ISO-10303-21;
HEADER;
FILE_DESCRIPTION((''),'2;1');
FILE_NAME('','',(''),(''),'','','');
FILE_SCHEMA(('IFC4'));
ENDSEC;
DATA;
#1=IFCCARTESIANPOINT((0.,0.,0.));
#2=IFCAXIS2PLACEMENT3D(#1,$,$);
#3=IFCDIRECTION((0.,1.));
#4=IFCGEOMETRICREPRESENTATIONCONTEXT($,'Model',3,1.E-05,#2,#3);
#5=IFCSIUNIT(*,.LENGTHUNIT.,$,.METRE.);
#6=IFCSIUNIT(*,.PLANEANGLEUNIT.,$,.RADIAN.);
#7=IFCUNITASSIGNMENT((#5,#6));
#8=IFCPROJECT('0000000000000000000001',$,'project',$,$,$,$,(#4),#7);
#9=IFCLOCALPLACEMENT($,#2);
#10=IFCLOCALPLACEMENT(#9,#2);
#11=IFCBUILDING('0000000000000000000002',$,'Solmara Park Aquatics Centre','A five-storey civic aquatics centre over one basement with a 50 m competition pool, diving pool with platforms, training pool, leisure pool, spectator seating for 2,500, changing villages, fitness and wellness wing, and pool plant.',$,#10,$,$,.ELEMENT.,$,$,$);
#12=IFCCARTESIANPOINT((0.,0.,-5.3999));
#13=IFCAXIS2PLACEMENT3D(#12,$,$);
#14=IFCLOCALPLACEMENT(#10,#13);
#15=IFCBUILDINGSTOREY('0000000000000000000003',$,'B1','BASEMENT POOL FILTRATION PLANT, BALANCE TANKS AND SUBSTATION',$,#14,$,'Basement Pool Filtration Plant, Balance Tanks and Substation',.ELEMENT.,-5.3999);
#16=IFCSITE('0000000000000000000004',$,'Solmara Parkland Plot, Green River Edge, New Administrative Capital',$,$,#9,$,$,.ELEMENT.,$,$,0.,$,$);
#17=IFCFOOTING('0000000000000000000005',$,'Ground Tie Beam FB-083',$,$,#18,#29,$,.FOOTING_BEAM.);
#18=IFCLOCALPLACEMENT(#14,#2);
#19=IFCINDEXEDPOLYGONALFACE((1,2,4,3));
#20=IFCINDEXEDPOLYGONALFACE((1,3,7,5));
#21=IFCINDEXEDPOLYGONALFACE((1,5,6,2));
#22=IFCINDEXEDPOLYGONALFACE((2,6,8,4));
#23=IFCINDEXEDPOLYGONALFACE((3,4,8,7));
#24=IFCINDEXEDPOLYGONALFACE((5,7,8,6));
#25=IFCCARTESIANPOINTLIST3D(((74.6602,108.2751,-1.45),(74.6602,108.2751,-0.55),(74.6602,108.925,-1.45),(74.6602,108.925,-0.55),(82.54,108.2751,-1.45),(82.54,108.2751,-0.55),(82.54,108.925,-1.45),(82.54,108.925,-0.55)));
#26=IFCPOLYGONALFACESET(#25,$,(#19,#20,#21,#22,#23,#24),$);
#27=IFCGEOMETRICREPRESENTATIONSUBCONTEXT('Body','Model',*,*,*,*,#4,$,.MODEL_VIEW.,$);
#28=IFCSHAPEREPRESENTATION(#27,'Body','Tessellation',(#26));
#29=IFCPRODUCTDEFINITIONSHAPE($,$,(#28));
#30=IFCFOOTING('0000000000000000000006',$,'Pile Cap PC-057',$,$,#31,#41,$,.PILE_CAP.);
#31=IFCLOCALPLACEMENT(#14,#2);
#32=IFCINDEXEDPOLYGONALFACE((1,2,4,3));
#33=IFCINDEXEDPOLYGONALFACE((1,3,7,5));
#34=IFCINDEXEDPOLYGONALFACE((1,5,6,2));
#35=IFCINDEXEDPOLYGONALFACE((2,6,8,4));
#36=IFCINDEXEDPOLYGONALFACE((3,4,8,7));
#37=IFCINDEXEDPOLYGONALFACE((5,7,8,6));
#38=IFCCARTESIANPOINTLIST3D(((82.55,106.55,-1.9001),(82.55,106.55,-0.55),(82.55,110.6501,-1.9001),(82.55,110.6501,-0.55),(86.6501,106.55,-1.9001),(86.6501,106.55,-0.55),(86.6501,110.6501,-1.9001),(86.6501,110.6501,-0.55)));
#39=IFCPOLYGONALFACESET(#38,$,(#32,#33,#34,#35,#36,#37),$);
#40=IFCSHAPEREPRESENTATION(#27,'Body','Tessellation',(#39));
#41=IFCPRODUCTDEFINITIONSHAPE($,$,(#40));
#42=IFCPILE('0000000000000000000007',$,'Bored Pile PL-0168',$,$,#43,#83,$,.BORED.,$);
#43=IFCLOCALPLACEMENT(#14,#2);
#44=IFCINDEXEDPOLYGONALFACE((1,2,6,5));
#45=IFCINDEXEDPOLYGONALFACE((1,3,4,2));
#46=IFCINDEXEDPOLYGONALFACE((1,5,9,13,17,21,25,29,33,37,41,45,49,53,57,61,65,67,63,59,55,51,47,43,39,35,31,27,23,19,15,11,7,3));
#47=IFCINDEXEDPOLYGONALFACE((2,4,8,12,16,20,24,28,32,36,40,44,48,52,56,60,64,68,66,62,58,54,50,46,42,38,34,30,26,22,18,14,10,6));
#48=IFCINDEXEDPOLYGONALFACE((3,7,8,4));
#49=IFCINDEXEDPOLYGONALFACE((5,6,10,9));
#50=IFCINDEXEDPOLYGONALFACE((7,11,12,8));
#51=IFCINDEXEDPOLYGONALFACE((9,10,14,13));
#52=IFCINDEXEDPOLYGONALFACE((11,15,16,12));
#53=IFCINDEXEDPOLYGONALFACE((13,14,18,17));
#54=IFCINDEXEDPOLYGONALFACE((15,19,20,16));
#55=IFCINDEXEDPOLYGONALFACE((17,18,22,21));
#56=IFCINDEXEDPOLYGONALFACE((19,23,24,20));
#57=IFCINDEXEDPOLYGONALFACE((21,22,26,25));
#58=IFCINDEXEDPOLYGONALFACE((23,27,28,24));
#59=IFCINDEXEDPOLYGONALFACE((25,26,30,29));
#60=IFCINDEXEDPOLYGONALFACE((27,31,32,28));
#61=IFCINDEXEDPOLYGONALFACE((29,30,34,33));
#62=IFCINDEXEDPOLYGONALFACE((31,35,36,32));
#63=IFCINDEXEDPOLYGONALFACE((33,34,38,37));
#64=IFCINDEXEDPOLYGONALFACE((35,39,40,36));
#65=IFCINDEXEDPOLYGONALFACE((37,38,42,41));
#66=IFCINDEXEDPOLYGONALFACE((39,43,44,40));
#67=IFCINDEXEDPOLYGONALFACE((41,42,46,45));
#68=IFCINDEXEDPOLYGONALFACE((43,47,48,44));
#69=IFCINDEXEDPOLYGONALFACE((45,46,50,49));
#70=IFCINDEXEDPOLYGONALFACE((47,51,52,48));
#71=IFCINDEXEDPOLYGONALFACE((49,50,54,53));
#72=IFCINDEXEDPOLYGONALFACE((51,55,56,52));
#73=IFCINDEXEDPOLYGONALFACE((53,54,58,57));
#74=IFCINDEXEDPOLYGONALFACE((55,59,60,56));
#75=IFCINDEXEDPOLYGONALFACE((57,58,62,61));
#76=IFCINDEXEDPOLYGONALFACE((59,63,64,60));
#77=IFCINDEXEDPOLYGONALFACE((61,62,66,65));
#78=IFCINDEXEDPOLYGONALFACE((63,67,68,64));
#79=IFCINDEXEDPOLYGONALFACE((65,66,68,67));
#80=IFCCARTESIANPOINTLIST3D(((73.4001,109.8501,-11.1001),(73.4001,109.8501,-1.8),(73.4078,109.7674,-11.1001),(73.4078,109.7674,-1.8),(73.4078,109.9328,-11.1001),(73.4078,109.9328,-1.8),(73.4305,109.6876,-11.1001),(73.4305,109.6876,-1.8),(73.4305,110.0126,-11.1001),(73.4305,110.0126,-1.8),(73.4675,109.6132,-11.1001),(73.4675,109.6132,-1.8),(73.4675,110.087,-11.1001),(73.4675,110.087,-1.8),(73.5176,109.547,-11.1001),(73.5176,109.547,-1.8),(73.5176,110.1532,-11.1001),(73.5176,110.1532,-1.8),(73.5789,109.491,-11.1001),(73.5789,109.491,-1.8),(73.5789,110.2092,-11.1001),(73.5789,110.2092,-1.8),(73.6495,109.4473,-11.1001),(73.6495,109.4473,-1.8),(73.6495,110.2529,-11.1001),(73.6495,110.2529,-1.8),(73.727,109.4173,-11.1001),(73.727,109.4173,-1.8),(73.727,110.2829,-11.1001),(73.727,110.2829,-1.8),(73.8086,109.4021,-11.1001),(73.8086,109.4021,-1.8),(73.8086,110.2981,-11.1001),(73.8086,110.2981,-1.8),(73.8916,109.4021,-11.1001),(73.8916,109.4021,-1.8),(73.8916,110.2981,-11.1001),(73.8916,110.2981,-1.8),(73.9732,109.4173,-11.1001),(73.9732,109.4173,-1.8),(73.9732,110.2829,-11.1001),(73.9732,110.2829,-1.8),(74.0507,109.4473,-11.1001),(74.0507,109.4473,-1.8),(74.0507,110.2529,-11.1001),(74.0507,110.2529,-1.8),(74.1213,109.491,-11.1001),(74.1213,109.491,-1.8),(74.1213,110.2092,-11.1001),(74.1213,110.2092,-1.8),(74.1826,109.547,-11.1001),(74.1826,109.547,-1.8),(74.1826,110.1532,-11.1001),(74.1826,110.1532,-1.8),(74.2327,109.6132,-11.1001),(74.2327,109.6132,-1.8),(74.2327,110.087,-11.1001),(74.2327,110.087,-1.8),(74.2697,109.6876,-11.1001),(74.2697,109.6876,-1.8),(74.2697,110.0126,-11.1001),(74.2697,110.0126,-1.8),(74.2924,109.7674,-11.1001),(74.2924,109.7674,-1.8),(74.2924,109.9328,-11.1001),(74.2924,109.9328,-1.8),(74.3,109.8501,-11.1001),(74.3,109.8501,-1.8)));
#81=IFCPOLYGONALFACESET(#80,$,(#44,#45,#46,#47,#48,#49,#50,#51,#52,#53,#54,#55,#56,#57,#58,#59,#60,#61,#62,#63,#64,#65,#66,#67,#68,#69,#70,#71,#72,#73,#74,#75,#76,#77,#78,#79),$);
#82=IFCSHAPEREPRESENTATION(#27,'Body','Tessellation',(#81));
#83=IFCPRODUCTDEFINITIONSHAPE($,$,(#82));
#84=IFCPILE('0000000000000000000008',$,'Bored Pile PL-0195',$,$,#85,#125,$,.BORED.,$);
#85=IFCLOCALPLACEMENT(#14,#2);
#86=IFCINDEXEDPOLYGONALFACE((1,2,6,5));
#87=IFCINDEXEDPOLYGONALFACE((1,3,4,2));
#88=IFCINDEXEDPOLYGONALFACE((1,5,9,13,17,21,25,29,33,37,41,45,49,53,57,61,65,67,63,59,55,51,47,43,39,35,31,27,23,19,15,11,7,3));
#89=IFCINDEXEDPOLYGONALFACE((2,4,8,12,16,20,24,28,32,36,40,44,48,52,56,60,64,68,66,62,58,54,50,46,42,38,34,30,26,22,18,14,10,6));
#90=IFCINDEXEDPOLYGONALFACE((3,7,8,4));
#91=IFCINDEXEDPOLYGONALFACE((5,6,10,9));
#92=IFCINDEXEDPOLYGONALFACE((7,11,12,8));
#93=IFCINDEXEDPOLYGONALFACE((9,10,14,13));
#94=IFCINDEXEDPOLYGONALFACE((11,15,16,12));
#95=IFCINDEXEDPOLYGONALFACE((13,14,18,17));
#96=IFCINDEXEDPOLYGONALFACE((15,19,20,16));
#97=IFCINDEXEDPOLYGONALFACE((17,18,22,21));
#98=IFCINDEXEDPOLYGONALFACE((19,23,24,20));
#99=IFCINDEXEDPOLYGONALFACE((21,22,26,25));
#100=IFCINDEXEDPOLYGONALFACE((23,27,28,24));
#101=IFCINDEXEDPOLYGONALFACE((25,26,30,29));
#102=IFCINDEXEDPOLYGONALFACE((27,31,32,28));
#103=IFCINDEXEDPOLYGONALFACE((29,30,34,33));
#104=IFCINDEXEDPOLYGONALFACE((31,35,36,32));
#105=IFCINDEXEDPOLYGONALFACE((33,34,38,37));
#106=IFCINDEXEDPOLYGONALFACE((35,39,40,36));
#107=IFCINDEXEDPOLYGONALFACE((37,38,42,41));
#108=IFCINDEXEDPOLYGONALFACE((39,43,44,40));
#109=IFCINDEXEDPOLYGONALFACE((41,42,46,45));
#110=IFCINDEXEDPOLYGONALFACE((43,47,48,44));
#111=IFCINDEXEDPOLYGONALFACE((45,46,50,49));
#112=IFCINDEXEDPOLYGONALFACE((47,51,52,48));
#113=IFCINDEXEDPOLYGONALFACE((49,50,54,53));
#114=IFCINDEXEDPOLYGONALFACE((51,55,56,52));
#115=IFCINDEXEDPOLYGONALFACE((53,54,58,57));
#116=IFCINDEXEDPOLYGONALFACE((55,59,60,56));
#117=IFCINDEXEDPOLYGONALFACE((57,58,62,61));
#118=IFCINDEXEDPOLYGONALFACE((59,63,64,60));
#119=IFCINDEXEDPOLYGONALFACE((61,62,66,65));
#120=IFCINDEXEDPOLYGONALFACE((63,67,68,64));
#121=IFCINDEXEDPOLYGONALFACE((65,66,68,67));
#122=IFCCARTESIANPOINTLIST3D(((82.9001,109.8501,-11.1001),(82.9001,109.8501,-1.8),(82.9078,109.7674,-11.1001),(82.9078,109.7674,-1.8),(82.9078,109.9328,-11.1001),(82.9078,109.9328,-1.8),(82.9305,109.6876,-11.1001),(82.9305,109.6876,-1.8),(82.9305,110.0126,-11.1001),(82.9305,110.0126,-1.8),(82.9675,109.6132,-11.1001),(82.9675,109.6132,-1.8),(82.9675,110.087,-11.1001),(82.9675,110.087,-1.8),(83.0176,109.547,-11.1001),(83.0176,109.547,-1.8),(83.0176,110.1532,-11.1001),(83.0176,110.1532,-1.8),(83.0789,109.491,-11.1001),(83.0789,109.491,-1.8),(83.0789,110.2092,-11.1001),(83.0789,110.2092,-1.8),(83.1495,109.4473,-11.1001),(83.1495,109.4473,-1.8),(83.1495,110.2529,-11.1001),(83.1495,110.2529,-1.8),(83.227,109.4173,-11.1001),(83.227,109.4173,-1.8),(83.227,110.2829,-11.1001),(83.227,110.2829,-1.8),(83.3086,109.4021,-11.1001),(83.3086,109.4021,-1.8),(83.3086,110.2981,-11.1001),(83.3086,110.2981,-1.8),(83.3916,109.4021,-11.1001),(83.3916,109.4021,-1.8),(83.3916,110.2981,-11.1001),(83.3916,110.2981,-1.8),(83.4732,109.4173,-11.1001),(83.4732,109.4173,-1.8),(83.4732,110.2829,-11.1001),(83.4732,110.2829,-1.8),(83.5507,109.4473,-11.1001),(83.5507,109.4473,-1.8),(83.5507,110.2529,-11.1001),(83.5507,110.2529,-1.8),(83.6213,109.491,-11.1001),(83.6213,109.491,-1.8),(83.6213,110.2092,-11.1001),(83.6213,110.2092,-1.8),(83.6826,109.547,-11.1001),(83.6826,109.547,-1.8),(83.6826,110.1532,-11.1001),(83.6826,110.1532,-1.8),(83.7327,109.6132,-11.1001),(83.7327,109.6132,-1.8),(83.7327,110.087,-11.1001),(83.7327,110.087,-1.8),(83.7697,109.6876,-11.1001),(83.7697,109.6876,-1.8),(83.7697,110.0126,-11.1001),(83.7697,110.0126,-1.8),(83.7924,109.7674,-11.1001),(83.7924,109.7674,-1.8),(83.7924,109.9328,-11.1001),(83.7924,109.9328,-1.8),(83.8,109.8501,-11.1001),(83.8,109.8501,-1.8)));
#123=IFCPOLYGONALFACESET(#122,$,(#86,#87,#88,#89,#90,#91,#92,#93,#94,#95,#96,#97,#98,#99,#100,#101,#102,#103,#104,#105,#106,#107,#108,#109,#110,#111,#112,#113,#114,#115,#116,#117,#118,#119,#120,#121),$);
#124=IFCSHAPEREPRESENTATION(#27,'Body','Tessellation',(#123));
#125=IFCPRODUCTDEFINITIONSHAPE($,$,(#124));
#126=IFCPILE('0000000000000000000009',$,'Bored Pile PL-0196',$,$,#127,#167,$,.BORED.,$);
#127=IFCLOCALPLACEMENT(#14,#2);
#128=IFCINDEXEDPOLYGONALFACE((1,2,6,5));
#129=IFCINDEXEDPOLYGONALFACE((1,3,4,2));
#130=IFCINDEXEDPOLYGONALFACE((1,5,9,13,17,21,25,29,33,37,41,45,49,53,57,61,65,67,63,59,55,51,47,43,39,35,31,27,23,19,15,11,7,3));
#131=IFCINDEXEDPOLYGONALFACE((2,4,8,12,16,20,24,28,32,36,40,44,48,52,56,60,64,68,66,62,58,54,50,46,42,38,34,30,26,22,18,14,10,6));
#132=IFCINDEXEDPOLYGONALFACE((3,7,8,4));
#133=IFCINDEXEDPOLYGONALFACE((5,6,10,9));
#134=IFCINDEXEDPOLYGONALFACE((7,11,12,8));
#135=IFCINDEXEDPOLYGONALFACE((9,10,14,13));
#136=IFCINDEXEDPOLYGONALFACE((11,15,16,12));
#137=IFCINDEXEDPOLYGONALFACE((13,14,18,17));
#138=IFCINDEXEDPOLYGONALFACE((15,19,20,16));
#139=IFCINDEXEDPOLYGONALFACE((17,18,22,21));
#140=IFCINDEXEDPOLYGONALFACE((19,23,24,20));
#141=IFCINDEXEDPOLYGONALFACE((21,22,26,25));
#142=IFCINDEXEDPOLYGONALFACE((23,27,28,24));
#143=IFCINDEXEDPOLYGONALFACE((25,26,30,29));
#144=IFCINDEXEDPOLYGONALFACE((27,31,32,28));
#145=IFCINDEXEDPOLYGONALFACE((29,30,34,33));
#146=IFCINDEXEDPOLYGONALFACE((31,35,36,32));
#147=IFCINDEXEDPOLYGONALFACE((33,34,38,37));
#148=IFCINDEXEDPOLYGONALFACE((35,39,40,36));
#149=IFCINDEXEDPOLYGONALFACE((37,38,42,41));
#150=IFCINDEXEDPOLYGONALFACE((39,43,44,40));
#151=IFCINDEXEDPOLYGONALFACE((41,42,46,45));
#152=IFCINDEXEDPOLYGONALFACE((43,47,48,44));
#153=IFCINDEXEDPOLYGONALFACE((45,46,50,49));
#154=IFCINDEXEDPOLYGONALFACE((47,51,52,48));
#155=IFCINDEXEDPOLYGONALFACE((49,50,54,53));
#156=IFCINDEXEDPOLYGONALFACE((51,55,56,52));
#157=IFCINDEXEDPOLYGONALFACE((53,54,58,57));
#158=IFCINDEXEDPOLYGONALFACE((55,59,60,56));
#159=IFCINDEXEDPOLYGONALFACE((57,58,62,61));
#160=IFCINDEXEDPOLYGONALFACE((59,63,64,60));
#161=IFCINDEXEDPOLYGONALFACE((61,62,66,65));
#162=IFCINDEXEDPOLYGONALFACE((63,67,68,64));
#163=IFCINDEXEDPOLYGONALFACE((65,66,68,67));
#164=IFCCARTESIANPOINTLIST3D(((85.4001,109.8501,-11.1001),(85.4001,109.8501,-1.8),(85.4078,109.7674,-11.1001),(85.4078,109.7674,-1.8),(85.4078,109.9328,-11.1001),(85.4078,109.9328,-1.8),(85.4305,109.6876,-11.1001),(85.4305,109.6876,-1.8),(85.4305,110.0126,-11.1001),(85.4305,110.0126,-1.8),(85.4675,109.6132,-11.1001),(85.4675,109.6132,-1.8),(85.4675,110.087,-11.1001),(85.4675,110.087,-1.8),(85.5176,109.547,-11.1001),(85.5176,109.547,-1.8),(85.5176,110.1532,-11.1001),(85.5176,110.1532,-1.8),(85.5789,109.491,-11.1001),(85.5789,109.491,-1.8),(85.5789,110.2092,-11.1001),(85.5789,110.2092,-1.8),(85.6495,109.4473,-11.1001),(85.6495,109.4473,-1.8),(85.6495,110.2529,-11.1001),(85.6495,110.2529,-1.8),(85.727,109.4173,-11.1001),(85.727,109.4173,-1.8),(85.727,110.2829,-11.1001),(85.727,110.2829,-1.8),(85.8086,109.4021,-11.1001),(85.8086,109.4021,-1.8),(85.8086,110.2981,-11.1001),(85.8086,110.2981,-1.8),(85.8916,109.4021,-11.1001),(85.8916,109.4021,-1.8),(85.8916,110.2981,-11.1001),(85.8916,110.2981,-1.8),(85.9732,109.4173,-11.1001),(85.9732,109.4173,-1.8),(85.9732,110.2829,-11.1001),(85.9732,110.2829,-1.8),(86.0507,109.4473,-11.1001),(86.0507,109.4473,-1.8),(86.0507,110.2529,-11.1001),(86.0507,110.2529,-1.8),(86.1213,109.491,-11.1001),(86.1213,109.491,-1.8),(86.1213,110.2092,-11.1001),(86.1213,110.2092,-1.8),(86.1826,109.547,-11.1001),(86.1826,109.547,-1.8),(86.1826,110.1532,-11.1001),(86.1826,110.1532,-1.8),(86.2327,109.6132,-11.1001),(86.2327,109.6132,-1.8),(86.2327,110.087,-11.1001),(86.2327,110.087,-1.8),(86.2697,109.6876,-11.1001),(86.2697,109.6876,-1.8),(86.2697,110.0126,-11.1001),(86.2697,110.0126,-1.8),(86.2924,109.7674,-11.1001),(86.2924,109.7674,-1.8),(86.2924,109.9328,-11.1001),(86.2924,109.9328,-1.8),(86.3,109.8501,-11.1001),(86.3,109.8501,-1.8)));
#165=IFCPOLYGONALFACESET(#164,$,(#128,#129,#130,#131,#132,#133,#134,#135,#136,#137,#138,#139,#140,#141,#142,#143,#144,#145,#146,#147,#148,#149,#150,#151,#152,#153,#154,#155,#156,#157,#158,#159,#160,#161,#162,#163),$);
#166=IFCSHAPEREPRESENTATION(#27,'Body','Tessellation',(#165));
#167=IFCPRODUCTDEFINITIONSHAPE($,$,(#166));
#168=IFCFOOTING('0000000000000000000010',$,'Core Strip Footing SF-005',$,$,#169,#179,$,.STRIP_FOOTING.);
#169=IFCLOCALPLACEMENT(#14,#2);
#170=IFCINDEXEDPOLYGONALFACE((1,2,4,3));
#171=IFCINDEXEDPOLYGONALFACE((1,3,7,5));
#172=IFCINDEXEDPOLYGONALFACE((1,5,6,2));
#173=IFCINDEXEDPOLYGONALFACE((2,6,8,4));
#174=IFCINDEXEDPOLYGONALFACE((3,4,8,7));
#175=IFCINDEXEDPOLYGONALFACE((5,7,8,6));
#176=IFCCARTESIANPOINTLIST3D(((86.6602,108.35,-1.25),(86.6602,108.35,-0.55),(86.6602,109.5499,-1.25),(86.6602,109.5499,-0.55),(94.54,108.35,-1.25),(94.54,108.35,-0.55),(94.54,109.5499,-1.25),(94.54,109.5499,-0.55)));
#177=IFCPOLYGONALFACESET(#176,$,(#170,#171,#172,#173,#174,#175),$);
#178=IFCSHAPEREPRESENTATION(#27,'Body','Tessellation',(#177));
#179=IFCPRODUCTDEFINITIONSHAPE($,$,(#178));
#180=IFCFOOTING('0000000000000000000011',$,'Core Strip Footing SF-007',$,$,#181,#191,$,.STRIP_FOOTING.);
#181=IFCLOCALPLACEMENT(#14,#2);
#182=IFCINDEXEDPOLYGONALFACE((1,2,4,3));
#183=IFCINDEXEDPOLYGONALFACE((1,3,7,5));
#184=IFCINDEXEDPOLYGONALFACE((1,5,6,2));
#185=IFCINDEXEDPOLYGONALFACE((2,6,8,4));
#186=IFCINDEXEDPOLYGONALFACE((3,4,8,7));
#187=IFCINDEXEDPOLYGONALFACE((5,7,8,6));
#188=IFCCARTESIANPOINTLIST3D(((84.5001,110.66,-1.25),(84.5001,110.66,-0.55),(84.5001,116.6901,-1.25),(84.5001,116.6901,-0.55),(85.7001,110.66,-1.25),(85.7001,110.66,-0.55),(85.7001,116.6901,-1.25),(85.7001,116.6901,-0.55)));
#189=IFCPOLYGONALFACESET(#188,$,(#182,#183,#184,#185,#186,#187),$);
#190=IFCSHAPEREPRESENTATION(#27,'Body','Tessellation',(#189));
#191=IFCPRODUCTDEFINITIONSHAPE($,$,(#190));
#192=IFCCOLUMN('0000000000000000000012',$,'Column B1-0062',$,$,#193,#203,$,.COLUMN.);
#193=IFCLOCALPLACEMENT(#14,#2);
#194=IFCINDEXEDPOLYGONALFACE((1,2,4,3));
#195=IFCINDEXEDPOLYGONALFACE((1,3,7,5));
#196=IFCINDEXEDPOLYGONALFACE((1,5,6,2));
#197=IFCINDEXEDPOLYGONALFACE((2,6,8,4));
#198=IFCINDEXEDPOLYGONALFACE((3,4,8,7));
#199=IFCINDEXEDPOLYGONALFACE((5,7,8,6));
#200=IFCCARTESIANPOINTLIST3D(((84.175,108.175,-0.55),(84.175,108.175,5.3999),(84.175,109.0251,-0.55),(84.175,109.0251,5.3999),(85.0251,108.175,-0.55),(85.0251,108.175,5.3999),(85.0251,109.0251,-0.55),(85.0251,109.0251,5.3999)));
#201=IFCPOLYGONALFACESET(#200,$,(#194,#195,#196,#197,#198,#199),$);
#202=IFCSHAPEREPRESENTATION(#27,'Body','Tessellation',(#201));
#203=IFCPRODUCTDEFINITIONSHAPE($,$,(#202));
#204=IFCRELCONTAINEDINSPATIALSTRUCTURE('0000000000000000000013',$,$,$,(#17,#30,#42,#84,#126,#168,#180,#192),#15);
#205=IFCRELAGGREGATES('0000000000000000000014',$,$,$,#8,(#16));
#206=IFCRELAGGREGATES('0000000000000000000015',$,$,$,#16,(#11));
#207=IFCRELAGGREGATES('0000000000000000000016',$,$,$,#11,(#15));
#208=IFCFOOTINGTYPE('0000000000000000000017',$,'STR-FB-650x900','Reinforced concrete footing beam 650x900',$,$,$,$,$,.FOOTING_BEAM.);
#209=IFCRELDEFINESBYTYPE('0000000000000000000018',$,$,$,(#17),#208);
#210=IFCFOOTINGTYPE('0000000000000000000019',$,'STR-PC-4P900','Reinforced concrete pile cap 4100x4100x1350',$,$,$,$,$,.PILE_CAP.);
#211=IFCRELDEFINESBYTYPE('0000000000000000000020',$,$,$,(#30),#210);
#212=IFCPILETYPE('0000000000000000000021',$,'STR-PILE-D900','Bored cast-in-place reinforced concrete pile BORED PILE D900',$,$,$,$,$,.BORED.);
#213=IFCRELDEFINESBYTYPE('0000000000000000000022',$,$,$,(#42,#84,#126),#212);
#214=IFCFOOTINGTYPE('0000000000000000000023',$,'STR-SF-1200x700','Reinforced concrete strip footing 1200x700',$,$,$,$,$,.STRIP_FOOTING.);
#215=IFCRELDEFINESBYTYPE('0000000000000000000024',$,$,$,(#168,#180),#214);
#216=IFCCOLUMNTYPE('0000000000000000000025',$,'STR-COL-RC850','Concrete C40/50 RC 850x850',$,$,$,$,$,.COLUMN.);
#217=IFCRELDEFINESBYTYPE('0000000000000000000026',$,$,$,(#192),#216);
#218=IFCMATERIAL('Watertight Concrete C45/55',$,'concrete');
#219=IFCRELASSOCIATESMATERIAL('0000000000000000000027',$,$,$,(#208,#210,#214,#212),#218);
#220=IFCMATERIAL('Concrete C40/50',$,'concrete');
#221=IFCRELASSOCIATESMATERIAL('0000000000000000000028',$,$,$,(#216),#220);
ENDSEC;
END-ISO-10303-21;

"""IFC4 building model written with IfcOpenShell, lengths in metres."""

from ifc_helpers import new_model, si_unit, direction, frame, origin, origin_2d, place, context, subcontext, project, spatial, rectangle, circle, extrude, material, material_profile, profile_set, type_object, element, save


model = new_model("IFC4")

# Units and contexts
model_context = context("Model", 3, precision=1e-05, world=origin(), true_north=direction((0.0, 1.0)))
body_context = subcontext(model_context, "Body", "Model", "MODEL_VIEW")
ifc_project = project(units=[si_unit("LENGTHUNIT", "METRE"), si_unit("PLANEANGLEUNIT", "RADIAN")], contexts=[model_context])

# Site, building, storey
site_placement = place(None, origin())
site = spatial("IfcSite", under=ifc_project, at=site_placement, Name="Solmara Parkland Plot, Green River Edge, New Administrative Capital", CompositionType="ELEMENT", RefElevation=0.0)
building_placement = place(site_placement, origin())
building = spatial("IfcBuilding", under=site, at=building_placement, Name="Solmara Park Aquatics Centre", Description="A five-storey civic aquatics centre over one basement with a 50 m competition pool, diving pool with platforms, training pool, leisure pool, spectator seating for 2,500, changing villages, fitness and wellness wing, and pool plant.", CompositionType="ELEMENT")
storey_placement = place(building_placement, frame((0.0, 0.0, -5.3999)))
storey = spatial("IfcBuildingStorey", under=building, at=storey_placement, Name="B1", Description="BASEMENT POOL FILTRATION PLANT, BALANCE TANKS AND SUBSTATION", LongName="Basement Pool Filtration Plant, Balance Tanks and Substation", CompositionType="ELEMENT", Elevation=-5.3999)

# Footings
ifc_material_1 = material(Name="Watertight Concrete C45/55", Category="concrete")
footing_type_1 = type_object("IfcFootingType", Name="STR-FB-650x900", Description="Reinforced concrete footing beam 650x900", PredefinedType="FOOTING_BEAM", material=ifc_material_1)
footing_1_placement = place(storey_placement, frame((78.6001, 108.6001, -1.45), z_axis=(0.0, 0.0, 1.0), x_axis=(1.0, 0.0, 0.0)))
element("IfcFooting", 1, at=footing_1_placement, inside=storey, type_object=footing_type_1, Name="Ground Tie Beam FB-083", PredefinedType="FOOTING_BEAM", context=body_context, shape_type="SweptSolid", body=[
    extrude(rectangle(XDim=7.8799, YDim=0.6499, at=origin_2d()), origin(), (0.0, 0.0, 1.0), 0.8999),
])
footing_type_2 = type_object("IfcFootingType", Name="STR-PC-4P900", Description="Reinforced concrete pile cap 4100x4100x1350", PredefinedType="PILE_CAP", material=ifc_material_1)
footing_2_placement = place(storey_placement, frame((84.6001, 108.6001, -1.9001), z_axis=(0.0, 0.0, 1.0), x_axis=(1.0, 0.0, 0.0)))
element("IfcFooting", 2, at=footing_2_placement, inside=storey, type_object=footing_type_2, Name="Pile Cap PC-057", PredefinedType="PILE_CAP", context=body_context, shape_type="SweptSolid", body=[
    extrude(rectangle(XDim=4.1001, YDim=4.1001, at=origin_2d()), origin(), (0.0, 0.0, 1.0), 1.3501),
])

# Piles
ifc_material_profile_1 = material_profile(ifc_material_1, circle(Radius=0.45, at=origin_2d()), Name="BORED PILE D900")
ifc_profile_set_1 = profile_set([ifc_material_profile_1], Name="Watertight Concrete C45/55")
pile_type = type_object("IfcPileType", Name="STR-PILE-D900", Description="Bored cast-in-place reinforced concrete pile BORED PILE D900", PredefinedType="BORED", material=ifc_profile_set_1)
for number, where, z_axis, x_axis, name in (
    (3, (73.8501, 109.8501, -1.8), (0.0, 0.0, -1.0), (1.0, 0.0, 0.0), "Bored Pile PL-0168"),
    (4, (83.3501, 109.8501, -1.8), (0.0, 0.0, -1.0), (1.0, 0.0, 0.0), "Bored Pile PL-0195"),
    (5, (85.8501, 109.8501, -1.8), (0.0, 0.0, -1.0), (1.0, 0.0, 0.0), "Bored Pile PL-0196"),
):
    element("IfcPile", number, at=place(storey_placement, frame(where, z_axis=z_axis, x_axis=x_axis)), inside=storey, type_object=pile_type, Name=name, PredefinedType="BORED", context=body_context, shape_type="SweptSolid", body=[
        extrude(circle(Radius=0.45, at=origin_2d()), origin(), (0.0, 0.0, 1.0), 9.3),
    ])

# Footings
footing_type_3 = type_object("IfcFootingType", Name="STR-SF-1200x700", Description="Reinforced concrete strip footing 1200x700", PredefinedType="STRIP_FOOTING", material=ifc_material_1)
footing_3_placement = place(storey_placement, frame((90.6001, 108.95, -1.25), z_axis=(0.0, 0.0, 1.0), x_axis=(1.0, 0.0, 0.0)))
element("IfcFooting", 6, at=footing_3_placement, inside=storey, type_object=footing_type_3, Name="Core Strip Footing SF-005", PredefinedType="STRIP_FOOTING", context=body_context, shape_type="SweptSolid", body=[
    extrude(rectangle(XDim=7.8799, YDim=1.2, at=origin_2d()), origin(), (0.0, 0.0, 1.0), 0.7),
])
footing_4_placement = place(storey_placement, frame((85.1001, 113.675, -1.25), z_axis=(0.0, 0.0, 1.0), x_axis=(1.0, 0.0, 0.0)))
element("IfcFooting", 7, at=footing_4_placement, inside=storey, type_object=footing_type_3, Name="Core Strip Footing SF-007", PredefinedType="STRIP_FOOTING", context=body_context, shape_type="SweptSolid", body=[
    extrude(rectangle(XDim=1.2, YDim=6.03, at=origin_2d()), origin(), (0.0, 0.0, 1.0), 0.7),
])

# Column
ifc_material_2 = material(Name="Concrete C40/50", Category="concrete")
ifc_material_profile_2 = material_profile(ifc_material_2, rectangle(XDim=0.8501, YDim=0.8501, at=origin_2d()), Name="RC 850x850")
ifc_profile_set_2 = profile_set([ifc_material_profile_2], Name="Concrete C40/50")
column_type = type_object("IfcColumnType", Name="STR-COL-RC850", Description="Concrete C40/50 RC 850x850", PredefinedType="COLUMN", material=ifc_profile_set_2)
column_placement = place(storey_placement, frame((84.6001, 108.6001, -0.55), z_axis=(0.0, 0.0, 1.0), x_axis=(1.0, 0.0, 0.0)))
element("IfcColumn", 8, at=column_placement, inside=storey, type_object=column_type, Name="Column B1-0062", PredefinedType="COLUMN", context=body_context, shape_type="SweptSolid", body=[
    extrude(rectangle(XDim=0.8501, YDim=0.8501, at=origin_2d()), origin(), (0.0, 0.0, 1.0), 5.95),
])

save(model, "model.ifc")
